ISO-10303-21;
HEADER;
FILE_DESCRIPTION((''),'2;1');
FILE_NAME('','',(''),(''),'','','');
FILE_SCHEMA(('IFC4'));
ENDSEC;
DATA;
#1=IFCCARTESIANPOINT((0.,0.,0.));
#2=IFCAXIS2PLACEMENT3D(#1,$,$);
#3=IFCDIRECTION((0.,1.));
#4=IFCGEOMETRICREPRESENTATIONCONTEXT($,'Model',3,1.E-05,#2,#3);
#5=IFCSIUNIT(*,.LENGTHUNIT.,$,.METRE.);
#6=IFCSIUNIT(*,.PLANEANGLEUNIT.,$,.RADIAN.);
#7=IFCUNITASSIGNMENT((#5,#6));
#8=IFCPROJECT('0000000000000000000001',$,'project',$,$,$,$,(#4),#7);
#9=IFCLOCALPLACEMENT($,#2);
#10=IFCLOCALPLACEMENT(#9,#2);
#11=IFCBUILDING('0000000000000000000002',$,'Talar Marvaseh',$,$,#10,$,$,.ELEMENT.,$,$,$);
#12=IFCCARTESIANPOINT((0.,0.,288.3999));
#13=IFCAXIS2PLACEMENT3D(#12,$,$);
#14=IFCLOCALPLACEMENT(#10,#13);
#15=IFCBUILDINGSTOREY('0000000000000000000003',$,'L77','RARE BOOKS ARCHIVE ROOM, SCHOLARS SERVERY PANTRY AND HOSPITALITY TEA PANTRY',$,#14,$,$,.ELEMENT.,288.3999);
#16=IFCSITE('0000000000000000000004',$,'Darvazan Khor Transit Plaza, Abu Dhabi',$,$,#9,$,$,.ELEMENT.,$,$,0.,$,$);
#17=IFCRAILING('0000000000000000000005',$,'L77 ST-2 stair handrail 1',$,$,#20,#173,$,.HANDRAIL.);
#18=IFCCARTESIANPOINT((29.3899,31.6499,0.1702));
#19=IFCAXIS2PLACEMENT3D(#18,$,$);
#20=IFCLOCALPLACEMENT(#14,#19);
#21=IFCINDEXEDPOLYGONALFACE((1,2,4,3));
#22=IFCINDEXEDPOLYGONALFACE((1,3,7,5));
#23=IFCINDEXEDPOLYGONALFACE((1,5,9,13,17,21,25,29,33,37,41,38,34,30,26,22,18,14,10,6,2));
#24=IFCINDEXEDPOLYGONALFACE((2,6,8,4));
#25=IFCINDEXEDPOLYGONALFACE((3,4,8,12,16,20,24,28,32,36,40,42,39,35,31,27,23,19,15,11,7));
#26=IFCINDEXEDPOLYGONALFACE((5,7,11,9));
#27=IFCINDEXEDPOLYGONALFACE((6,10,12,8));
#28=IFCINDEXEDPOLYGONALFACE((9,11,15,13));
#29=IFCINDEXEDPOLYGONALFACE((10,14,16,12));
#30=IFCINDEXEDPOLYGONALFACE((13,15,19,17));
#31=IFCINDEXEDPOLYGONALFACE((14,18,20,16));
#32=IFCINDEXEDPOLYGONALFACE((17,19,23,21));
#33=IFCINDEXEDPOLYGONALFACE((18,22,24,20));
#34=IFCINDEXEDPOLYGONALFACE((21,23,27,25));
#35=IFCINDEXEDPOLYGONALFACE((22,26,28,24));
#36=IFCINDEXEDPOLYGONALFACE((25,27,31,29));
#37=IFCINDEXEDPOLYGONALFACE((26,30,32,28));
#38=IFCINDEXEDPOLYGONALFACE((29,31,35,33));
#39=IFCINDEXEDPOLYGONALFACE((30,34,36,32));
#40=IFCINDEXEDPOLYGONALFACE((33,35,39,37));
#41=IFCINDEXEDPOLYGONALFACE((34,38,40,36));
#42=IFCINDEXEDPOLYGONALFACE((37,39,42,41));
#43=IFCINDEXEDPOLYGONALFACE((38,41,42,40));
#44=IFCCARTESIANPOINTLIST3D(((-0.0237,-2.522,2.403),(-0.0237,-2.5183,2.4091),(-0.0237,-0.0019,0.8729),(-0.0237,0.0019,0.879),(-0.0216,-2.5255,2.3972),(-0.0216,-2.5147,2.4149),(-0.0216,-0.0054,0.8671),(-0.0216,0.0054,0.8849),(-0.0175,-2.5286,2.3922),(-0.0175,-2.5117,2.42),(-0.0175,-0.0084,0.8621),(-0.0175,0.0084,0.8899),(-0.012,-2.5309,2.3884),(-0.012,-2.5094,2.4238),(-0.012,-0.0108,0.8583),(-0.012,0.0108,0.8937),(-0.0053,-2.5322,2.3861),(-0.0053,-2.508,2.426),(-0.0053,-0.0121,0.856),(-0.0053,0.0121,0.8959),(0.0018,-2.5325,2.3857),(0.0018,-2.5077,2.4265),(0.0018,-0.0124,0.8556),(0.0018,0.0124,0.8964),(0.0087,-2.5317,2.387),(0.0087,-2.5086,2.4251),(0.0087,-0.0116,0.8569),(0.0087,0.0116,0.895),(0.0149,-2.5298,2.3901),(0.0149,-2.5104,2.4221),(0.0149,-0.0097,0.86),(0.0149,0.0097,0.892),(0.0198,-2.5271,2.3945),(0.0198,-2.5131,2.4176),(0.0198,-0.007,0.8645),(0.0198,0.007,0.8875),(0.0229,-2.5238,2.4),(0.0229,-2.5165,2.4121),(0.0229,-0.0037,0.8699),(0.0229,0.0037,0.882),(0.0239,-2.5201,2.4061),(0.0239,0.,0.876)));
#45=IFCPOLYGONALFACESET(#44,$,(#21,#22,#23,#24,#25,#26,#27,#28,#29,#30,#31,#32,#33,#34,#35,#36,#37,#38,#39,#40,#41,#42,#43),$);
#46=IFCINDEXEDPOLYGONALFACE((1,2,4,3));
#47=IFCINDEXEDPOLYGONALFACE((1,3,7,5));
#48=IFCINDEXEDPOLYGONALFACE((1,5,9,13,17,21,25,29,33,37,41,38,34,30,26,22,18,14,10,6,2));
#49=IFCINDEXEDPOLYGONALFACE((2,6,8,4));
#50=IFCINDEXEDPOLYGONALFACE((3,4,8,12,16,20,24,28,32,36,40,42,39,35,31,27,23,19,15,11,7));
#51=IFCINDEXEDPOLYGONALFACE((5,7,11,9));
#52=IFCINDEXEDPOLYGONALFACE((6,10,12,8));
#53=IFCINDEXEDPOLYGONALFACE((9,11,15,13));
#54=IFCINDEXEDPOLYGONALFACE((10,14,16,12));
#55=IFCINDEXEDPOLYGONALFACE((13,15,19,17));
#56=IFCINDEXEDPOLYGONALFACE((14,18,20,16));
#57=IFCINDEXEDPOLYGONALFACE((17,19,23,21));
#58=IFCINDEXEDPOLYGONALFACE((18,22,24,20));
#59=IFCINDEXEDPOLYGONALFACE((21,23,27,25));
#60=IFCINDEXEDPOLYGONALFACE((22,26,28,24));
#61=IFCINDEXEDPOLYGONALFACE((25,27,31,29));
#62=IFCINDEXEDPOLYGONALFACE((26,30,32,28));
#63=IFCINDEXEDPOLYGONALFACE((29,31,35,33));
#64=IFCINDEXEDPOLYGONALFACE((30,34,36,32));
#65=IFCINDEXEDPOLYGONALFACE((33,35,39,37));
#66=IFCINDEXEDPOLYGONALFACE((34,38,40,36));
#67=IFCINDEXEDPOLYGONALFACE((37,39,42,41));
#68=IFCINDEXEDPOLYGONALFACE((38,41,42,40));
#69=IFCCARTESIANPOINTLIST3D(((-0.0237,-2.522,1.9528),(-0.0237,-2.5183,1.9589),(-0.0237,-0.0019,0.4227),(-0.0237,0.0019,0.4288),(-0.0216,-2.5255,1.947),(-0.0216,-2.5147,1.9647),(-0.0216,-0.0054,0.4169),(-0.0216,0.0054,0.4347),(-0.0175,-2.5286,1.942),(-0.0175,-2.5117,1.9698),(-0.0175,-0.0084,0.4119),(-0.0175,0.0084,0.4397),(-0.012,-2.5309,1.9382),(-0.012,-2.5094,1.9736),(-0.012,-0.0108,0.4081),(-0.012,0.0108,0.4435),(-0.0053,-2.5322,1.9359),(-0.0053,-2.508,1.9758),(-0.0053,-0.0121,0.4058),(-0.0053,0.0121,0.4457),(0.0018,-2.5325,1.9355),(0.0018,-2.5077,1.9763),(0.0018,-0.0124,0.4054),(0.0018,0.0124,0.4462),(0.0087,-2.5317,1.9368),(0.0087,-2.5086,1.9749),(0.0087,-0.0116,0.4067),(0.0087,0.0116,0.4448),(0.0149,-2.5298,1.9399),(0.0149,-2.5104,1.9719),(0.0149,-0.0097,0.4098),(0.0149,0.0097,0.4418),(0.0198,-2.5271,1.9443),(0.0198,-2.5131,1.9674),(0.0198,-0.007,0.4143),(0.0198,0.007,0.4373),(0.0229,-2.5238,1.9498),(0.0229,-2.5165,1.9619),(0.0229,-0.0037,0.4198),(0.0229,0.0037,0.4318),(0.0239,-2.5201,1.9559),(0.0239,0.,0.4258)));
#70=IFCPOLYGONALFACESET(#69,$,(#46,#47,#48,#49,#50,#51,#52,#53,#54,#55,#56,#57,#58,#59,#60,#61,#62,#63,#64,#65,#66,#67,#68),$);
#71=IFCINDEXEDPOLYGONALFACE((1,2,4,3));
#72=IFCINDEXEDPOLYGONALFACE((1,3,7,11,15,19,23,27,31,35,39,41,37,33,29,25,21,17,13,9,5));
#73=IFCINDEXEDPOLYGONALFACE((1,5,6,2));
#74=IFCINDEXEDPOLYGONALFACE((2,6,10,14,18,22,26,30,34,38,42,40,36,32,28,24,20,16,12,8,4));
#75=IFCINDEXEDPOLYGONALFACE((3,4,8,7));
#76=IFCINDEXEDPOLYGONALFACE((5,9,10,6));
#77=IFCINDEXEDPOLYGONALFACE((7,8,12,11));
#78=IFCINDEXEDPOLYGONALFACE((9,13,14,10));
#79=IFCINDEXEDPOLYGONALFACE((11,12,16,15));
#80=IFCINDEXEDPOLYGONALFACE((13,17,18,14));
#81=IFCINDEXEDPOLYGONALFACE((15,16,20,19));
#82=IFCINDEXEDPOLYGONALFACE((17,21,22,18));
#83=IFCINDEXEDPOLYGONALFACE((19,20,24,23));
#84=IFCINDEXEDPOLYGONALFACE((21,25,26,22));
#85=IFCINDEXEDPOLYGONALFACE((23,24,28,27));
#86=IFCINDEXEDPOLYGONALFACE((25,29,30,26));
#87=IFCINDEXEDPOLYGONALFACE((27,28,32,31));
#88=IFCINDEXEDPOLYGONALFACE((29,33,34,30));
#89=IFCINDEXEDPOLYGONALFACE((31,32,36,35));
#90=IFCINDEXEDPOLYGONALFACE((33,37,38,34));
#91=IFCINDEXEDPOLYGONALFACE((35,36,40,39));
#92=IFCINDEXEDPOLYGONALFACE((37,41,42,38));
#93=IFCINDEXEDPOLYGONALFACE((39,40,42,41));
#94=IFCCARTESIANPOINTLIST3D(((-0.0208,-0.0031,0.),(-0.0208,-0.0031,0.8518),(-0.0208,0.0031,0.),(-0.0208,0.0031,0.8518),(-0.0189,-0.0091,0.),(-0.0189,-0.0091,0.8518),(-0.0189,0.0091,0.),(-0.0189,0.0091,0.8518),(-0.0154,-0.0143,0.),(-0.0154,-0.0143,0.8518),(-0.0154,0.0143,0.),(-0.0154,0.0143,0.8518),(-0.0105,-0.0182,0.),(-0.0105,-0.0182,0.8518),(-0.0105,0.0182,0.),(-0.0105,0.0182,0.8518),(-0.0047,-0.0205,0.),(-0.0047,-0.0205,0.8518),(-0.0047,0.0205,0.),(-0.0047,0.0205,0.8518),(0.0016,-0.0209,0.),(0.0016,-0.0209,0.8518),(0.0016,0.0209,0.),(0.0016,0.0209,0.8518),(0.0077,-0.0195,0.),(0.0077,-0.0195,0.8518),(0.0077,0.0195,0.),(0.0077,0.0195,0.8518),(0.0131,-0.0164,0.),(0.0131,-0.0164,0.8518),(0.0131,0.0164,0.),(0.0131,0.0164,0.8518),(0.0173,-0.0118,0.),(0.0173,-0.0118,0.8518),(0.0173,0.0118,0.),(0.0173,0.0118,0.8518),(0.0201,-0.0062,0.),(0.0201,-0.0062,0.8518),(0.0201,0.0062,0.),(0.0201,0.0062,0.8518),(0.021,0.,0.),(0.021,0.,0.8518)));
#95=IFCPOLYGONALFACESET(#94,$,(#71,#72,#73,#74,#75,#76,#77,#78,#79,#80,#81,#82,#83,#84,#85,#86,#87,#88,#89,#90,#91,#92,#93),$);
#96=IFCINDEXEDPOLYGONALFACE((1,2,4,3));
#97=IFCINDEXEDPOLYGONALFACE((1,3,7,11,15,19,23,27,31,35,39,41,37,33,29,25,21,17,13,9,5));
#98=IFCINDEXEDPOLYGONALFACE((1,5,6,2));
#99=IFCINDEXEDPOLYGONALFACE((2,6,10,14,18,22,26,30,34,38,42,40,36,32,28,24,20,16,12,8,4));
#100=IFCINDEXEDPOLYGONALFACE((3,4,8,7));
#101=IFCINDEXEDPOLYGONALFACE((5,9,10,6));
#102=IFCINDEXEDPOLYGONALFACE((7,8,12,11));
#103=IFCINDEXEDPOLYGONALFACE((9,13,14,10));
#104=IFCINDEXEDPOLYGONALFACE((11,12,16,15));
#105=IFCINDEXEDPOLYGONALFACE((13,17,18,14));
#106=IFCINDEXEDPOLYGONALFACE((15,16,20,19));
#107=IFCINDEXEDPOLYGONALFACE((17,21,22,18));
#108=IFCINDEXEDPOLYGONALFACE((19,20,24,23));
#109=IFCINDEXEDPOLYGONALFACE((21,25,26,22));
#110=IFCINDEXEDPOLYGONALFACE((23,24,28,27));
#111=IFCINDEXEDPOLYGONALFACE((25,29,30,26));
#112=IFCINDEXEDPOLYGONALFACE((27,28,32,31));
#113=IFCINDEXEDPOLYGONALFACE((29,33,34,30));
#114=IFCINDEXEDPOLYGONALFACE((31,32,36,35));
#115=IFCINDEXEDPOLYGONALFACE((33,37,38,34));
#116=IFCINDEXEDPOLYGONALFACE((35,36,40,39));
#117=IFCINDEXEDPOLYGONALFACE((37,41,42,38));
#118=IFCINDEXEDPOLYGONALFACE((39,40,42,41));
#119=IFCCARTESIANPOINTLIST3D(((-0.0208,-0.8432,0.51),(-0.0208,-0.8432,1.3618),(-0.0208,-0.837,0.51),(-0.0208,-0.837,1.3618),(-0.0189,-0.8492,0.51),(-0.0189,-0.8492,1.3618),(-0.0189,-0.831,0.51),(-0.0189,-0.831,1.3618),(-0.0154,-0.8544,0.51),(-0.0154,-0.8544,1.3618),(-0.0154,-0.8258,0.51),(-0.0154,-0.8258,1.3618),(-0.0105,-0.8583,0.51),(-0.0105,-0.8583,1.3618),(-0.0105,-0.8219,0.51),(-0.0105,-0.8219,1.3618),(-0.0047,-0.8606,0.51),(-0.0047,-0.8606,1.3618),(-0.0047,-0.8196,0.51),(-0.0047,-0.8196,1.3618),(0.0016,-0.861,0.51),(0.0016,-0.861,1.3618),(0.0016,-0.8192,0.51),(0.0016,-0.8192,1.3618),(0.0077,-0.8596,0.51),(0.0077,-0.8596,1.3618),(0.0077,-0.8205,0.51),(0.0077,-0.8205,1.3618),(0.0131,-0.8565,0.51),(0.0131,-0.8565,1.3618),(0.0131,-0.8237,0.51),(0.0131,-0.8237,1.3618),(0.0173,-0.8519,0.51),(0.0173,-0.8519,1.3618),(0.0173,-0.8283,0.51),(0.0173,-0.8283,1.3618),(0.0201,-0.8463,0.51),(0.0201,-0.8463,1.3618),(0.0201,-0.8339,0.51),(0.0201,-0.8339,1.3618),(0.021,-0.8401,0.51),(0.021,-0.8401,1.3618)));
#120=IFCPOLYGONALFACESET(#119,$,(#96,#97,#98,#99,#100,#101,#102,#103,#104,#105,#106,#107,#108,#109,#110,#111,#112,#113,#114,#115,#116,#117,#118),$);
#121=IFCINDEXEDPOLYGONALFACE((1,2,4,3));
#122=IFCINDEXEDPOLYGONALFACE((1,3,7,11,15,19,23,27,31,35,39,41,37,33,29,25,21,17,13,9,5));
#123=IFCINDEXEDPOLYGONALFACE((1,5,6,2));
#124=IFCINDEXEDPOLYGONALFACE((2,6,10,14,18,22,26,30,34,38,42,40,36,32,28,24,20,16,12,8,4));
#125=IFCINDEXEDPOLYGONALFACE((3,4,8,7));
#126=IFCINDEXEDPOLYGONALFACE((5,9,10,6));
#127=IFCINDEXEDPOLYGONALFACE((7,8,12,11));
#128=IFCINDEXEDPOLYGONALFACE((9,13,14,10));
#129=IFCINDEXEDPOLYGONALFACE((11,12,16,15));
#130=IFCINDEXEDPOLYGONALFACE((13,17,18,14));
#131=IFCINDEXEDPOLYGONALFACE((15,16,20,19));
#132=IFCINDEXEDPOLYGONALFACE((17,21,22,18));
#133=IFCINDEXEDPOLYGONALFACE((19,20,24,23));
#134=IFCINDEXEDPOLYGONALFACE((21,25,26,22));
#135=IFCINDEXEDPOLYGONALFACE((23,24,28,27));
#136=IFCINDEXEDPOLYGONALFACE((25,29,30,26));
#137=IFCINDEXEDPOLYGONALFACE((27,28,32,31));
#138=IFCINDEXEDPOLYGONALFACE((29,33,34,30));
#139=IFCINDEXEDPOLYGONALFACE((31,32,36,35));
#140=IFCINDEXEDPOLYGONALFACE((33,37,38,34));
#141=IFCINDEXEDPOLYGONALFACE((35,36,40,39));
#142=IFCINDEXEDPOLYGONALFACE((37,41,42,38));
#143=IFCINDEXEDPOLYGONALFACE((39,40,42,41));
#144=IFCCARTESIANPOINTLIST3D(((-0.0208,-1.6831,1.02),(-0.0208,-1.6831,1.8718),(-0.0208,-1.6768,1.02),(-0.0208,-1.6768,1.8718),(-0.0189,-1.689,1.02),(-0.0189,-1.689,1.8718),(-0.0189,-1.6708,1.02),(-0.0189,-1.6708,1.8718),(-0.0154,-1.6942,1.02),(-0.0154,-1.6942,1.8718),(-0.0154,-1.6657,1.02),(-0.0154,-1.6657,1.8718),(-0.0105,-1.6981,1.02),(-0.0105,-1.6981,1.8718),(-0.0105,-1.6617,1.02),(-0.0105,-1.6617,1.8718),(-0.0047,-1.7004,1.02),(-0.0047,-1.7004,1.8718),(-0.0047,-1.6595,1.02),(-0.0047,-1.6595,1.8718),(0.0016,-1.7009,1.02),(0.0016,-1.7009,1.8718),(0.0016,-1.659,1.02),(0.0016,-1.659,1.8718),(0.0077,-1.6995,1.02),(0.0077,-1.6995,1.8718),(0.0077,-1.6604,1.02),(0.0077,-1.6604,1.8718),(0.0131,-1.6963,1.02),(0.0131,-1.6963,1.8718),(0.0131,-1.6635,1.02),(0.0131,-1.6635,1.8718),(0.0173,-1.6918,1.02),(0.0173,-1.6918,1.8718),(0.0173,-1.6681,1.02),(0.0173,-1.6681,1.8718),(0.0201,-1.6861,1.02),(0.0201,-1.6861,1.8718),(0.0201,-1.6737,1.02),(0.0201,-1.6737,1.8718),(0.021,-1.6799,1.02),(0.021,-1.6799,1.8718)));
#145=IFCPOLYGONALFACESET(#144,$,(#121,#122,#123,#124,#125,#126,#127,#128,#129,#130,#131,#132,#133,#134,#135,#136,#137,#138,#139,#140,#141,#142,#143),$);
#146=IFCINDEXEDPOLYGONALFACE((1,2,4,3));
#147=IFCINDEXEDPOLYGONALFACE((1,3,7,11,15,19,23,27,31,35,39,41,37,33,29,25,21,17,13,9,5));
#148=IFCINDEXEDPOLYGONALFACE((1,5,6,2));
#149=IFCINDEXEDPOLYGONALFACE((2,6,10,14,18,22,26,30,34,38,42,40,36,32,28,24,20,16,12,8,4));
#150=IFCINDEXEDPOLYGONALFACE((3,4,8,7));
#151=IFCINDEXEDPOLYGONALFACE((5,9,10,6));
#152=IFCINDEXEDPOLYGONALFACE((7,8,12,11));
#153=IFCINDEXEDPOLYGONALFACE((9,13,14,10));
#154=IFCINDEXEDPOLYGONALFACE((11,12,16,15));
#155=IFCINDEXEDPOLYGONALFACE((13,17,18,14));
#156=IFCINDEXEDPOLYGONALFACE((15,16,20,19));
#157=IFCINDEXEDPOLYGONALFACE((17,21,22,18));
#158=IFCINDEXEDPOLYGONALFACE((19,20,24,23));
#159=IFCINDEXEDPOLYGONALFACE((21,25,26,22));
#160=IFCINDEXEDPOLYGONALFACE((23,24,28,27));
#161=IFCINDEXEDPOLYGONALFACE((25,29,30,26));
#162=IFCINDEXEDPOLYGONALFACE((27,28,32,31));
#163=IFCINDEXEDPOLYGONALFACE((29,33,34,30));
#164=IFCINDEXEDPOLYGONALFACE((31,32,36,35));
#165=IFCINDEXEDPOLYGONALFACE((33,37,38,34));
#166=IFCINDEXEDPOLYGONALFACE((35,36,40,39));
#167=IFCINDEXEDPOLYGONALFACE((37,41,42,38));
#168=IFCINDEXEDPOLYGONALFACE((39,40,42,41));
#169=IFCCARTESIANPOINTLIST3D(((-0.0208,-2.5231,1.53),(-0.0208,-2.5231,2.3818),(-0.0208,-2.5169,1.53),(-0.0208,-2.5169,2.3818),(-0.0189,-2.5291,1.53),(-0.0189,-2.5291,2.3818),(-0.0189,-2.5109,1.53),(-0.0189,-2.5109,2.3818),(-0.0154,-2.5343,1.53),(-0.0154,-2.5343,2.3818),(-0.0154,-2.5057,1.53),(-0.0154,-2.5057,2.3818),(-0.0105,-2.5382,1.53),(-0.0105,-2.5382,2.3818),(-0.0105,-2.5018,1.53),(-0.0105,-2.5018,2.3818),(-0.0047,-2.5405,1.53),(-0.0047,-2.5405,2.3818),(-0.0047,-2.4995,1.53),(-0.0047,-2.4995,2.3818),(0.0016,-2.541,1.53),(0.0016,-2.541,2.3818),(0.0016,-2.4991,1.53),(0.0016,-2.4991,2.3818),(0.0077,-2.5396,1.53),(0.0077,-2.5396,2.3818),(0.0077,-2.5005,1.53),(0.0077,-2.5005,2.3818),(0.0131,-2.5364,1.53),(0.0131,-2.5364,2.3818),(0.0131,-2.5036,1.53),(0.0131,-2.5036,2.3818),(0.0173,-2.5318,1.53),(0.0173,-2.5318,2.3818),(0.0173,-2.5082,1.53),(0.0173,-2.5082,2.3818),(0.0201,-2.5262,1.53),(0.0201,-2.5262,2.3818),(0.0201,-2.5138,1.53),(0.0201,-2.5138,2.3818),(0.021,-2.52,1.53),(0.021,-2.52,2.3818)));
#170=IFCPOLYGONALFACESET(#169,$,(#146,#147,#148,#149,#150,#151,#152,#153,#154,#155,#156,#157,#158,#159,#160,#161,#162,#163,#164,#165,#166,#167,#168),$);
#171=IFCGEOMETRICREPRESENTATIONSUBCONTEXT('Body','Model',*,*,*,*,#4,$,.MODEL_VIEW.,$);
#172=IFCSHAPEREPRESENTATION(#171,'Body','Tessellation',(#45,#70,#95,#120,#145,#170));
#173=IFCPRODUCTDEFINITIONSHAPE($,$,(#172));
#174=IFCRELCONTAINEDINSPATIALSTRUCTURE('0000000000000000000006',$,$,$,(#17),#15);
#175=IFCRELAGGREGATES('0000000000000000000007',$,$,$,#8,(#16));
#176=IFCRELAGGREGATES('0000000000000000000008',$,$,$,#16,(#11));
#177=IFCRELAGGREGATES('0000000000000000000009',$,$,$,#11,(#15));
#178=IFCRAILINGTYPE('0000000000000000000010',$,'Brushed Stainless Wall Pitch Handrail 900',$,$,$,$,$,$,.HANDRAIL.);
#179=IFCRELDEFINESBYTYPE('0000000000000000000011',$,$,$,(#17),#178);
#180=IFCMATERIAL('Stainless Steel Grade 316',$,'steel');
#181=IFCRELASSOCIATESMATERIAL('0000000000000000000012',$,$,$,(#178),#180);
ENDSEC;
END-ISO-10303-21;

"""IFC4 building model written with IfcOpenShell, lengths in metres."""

from ifc_helpers import new_model, si_unit, direction, frame, origin, origin_2d, place, context, subcontext, project, spatial, circle, extrude, material, type_object, element, save


model = new_model("IFC4")

# Units and contexts
model_context = context("Model", 3, precision=1e-05, world=origin(), true_north=direction((0.0, 1.0)))
body_context = subcontext(model_context, "Body", "Model", "MODEL_VIEW")
ifc_project = project(units=[si_unit("LENGTHUNIT", "METRE"), si_unit("PLANEANGLEUNIT", "RADIAN")], contexts=[model_context])

# Site, building, storey
site_placement = place(None, origin())
site = spatial("IfcSite", under=ifc_project, at=site_placement, Name="Darvazan Khor Transit Plaza, Abu Dhabi", CompositionType="ELEMENT", RefElevation=0.0)
building_placement = place(site_placement, origin())
building = spatial("IfcBuilding", under=site, at=building_placement, Name="Talar Marvaseh", CompositionType="ELEMENT")
storey_placement = place(building_placement, frame((0.0, 0.0, 288.3999)))
storey = spatial("IfcBuildingStorey", under=building, at=storey_placement, Name="L77", Description="RARE BOOKS ARCHIVE ROOM, SCHOLARS SERVERY PANTRY AND HOSPITALITY TEA PANTRY", CompositionType="ELEMENT", Elevation=288.3999)

# Shared definitions
ifc_material_1 = material(Name="Stainless Steel Grade 316", Category="steel")

# Railing
railing_type_1 = type_object("IfcRailingType", Name="Brushed Stainless Wall Pitch Handrail 900", PredefinedType="HANDRAIL", material=ifc_material_1)
railing_1_placement = place(storey_placement, frame((29.3899, 31.6499, 0.1702)))
element("IfcRailing", 1, at=railing_1_placement, inside=storey, type_object=railing_type_1, Name="L77 ST-2 stair handrail 1", PredefinedType="HANDRAIL", context=body_context, shape_type="SweptSolid", body=[
    extrude(circle(Radius=0.0239, at=origin_2d()), frame((0.0, 0.0, 0.876), z_axis=(0.0, -0.854785, 0.518982), x_axis=(1.0, 0.0, 0.0)), (0.0, 0.0, 1.0), 2.9482),
    extrude(circle(Radius=0.0239, at=origin_2d()), frame((0.0, 0.0, 0.4258), z_axis=(0.0, -0.854785, 0.518982), x_axis=(1.0, 0.0, 0.0)), (0.0, 0.0, 1.0), 2.9482),
    extrude(circle(Radius=0.021, at=origin_2d()), origin(), (0.0, 0.0, 1.0), 0.8518),
    extrude(circle(Radius=0.021, at=origin_2d()), frame((0.0, -0.8401, 0.51)), (0.0, 0.0, 1.0), 0.8518),
    extrude(circle(Radius=0.021, at=origin_2d()), frame((0.0, -1.6799, 1.02)), (0.0, 0.0, 1.0), 0.8518),
    extrude(circle(Radius=0.021, at=origin_2d()), frame((0.0, -2.52, 1.53)), (0.0, 0.0, 1.0), 0.8518),
])

save(model, "model.ifc")
